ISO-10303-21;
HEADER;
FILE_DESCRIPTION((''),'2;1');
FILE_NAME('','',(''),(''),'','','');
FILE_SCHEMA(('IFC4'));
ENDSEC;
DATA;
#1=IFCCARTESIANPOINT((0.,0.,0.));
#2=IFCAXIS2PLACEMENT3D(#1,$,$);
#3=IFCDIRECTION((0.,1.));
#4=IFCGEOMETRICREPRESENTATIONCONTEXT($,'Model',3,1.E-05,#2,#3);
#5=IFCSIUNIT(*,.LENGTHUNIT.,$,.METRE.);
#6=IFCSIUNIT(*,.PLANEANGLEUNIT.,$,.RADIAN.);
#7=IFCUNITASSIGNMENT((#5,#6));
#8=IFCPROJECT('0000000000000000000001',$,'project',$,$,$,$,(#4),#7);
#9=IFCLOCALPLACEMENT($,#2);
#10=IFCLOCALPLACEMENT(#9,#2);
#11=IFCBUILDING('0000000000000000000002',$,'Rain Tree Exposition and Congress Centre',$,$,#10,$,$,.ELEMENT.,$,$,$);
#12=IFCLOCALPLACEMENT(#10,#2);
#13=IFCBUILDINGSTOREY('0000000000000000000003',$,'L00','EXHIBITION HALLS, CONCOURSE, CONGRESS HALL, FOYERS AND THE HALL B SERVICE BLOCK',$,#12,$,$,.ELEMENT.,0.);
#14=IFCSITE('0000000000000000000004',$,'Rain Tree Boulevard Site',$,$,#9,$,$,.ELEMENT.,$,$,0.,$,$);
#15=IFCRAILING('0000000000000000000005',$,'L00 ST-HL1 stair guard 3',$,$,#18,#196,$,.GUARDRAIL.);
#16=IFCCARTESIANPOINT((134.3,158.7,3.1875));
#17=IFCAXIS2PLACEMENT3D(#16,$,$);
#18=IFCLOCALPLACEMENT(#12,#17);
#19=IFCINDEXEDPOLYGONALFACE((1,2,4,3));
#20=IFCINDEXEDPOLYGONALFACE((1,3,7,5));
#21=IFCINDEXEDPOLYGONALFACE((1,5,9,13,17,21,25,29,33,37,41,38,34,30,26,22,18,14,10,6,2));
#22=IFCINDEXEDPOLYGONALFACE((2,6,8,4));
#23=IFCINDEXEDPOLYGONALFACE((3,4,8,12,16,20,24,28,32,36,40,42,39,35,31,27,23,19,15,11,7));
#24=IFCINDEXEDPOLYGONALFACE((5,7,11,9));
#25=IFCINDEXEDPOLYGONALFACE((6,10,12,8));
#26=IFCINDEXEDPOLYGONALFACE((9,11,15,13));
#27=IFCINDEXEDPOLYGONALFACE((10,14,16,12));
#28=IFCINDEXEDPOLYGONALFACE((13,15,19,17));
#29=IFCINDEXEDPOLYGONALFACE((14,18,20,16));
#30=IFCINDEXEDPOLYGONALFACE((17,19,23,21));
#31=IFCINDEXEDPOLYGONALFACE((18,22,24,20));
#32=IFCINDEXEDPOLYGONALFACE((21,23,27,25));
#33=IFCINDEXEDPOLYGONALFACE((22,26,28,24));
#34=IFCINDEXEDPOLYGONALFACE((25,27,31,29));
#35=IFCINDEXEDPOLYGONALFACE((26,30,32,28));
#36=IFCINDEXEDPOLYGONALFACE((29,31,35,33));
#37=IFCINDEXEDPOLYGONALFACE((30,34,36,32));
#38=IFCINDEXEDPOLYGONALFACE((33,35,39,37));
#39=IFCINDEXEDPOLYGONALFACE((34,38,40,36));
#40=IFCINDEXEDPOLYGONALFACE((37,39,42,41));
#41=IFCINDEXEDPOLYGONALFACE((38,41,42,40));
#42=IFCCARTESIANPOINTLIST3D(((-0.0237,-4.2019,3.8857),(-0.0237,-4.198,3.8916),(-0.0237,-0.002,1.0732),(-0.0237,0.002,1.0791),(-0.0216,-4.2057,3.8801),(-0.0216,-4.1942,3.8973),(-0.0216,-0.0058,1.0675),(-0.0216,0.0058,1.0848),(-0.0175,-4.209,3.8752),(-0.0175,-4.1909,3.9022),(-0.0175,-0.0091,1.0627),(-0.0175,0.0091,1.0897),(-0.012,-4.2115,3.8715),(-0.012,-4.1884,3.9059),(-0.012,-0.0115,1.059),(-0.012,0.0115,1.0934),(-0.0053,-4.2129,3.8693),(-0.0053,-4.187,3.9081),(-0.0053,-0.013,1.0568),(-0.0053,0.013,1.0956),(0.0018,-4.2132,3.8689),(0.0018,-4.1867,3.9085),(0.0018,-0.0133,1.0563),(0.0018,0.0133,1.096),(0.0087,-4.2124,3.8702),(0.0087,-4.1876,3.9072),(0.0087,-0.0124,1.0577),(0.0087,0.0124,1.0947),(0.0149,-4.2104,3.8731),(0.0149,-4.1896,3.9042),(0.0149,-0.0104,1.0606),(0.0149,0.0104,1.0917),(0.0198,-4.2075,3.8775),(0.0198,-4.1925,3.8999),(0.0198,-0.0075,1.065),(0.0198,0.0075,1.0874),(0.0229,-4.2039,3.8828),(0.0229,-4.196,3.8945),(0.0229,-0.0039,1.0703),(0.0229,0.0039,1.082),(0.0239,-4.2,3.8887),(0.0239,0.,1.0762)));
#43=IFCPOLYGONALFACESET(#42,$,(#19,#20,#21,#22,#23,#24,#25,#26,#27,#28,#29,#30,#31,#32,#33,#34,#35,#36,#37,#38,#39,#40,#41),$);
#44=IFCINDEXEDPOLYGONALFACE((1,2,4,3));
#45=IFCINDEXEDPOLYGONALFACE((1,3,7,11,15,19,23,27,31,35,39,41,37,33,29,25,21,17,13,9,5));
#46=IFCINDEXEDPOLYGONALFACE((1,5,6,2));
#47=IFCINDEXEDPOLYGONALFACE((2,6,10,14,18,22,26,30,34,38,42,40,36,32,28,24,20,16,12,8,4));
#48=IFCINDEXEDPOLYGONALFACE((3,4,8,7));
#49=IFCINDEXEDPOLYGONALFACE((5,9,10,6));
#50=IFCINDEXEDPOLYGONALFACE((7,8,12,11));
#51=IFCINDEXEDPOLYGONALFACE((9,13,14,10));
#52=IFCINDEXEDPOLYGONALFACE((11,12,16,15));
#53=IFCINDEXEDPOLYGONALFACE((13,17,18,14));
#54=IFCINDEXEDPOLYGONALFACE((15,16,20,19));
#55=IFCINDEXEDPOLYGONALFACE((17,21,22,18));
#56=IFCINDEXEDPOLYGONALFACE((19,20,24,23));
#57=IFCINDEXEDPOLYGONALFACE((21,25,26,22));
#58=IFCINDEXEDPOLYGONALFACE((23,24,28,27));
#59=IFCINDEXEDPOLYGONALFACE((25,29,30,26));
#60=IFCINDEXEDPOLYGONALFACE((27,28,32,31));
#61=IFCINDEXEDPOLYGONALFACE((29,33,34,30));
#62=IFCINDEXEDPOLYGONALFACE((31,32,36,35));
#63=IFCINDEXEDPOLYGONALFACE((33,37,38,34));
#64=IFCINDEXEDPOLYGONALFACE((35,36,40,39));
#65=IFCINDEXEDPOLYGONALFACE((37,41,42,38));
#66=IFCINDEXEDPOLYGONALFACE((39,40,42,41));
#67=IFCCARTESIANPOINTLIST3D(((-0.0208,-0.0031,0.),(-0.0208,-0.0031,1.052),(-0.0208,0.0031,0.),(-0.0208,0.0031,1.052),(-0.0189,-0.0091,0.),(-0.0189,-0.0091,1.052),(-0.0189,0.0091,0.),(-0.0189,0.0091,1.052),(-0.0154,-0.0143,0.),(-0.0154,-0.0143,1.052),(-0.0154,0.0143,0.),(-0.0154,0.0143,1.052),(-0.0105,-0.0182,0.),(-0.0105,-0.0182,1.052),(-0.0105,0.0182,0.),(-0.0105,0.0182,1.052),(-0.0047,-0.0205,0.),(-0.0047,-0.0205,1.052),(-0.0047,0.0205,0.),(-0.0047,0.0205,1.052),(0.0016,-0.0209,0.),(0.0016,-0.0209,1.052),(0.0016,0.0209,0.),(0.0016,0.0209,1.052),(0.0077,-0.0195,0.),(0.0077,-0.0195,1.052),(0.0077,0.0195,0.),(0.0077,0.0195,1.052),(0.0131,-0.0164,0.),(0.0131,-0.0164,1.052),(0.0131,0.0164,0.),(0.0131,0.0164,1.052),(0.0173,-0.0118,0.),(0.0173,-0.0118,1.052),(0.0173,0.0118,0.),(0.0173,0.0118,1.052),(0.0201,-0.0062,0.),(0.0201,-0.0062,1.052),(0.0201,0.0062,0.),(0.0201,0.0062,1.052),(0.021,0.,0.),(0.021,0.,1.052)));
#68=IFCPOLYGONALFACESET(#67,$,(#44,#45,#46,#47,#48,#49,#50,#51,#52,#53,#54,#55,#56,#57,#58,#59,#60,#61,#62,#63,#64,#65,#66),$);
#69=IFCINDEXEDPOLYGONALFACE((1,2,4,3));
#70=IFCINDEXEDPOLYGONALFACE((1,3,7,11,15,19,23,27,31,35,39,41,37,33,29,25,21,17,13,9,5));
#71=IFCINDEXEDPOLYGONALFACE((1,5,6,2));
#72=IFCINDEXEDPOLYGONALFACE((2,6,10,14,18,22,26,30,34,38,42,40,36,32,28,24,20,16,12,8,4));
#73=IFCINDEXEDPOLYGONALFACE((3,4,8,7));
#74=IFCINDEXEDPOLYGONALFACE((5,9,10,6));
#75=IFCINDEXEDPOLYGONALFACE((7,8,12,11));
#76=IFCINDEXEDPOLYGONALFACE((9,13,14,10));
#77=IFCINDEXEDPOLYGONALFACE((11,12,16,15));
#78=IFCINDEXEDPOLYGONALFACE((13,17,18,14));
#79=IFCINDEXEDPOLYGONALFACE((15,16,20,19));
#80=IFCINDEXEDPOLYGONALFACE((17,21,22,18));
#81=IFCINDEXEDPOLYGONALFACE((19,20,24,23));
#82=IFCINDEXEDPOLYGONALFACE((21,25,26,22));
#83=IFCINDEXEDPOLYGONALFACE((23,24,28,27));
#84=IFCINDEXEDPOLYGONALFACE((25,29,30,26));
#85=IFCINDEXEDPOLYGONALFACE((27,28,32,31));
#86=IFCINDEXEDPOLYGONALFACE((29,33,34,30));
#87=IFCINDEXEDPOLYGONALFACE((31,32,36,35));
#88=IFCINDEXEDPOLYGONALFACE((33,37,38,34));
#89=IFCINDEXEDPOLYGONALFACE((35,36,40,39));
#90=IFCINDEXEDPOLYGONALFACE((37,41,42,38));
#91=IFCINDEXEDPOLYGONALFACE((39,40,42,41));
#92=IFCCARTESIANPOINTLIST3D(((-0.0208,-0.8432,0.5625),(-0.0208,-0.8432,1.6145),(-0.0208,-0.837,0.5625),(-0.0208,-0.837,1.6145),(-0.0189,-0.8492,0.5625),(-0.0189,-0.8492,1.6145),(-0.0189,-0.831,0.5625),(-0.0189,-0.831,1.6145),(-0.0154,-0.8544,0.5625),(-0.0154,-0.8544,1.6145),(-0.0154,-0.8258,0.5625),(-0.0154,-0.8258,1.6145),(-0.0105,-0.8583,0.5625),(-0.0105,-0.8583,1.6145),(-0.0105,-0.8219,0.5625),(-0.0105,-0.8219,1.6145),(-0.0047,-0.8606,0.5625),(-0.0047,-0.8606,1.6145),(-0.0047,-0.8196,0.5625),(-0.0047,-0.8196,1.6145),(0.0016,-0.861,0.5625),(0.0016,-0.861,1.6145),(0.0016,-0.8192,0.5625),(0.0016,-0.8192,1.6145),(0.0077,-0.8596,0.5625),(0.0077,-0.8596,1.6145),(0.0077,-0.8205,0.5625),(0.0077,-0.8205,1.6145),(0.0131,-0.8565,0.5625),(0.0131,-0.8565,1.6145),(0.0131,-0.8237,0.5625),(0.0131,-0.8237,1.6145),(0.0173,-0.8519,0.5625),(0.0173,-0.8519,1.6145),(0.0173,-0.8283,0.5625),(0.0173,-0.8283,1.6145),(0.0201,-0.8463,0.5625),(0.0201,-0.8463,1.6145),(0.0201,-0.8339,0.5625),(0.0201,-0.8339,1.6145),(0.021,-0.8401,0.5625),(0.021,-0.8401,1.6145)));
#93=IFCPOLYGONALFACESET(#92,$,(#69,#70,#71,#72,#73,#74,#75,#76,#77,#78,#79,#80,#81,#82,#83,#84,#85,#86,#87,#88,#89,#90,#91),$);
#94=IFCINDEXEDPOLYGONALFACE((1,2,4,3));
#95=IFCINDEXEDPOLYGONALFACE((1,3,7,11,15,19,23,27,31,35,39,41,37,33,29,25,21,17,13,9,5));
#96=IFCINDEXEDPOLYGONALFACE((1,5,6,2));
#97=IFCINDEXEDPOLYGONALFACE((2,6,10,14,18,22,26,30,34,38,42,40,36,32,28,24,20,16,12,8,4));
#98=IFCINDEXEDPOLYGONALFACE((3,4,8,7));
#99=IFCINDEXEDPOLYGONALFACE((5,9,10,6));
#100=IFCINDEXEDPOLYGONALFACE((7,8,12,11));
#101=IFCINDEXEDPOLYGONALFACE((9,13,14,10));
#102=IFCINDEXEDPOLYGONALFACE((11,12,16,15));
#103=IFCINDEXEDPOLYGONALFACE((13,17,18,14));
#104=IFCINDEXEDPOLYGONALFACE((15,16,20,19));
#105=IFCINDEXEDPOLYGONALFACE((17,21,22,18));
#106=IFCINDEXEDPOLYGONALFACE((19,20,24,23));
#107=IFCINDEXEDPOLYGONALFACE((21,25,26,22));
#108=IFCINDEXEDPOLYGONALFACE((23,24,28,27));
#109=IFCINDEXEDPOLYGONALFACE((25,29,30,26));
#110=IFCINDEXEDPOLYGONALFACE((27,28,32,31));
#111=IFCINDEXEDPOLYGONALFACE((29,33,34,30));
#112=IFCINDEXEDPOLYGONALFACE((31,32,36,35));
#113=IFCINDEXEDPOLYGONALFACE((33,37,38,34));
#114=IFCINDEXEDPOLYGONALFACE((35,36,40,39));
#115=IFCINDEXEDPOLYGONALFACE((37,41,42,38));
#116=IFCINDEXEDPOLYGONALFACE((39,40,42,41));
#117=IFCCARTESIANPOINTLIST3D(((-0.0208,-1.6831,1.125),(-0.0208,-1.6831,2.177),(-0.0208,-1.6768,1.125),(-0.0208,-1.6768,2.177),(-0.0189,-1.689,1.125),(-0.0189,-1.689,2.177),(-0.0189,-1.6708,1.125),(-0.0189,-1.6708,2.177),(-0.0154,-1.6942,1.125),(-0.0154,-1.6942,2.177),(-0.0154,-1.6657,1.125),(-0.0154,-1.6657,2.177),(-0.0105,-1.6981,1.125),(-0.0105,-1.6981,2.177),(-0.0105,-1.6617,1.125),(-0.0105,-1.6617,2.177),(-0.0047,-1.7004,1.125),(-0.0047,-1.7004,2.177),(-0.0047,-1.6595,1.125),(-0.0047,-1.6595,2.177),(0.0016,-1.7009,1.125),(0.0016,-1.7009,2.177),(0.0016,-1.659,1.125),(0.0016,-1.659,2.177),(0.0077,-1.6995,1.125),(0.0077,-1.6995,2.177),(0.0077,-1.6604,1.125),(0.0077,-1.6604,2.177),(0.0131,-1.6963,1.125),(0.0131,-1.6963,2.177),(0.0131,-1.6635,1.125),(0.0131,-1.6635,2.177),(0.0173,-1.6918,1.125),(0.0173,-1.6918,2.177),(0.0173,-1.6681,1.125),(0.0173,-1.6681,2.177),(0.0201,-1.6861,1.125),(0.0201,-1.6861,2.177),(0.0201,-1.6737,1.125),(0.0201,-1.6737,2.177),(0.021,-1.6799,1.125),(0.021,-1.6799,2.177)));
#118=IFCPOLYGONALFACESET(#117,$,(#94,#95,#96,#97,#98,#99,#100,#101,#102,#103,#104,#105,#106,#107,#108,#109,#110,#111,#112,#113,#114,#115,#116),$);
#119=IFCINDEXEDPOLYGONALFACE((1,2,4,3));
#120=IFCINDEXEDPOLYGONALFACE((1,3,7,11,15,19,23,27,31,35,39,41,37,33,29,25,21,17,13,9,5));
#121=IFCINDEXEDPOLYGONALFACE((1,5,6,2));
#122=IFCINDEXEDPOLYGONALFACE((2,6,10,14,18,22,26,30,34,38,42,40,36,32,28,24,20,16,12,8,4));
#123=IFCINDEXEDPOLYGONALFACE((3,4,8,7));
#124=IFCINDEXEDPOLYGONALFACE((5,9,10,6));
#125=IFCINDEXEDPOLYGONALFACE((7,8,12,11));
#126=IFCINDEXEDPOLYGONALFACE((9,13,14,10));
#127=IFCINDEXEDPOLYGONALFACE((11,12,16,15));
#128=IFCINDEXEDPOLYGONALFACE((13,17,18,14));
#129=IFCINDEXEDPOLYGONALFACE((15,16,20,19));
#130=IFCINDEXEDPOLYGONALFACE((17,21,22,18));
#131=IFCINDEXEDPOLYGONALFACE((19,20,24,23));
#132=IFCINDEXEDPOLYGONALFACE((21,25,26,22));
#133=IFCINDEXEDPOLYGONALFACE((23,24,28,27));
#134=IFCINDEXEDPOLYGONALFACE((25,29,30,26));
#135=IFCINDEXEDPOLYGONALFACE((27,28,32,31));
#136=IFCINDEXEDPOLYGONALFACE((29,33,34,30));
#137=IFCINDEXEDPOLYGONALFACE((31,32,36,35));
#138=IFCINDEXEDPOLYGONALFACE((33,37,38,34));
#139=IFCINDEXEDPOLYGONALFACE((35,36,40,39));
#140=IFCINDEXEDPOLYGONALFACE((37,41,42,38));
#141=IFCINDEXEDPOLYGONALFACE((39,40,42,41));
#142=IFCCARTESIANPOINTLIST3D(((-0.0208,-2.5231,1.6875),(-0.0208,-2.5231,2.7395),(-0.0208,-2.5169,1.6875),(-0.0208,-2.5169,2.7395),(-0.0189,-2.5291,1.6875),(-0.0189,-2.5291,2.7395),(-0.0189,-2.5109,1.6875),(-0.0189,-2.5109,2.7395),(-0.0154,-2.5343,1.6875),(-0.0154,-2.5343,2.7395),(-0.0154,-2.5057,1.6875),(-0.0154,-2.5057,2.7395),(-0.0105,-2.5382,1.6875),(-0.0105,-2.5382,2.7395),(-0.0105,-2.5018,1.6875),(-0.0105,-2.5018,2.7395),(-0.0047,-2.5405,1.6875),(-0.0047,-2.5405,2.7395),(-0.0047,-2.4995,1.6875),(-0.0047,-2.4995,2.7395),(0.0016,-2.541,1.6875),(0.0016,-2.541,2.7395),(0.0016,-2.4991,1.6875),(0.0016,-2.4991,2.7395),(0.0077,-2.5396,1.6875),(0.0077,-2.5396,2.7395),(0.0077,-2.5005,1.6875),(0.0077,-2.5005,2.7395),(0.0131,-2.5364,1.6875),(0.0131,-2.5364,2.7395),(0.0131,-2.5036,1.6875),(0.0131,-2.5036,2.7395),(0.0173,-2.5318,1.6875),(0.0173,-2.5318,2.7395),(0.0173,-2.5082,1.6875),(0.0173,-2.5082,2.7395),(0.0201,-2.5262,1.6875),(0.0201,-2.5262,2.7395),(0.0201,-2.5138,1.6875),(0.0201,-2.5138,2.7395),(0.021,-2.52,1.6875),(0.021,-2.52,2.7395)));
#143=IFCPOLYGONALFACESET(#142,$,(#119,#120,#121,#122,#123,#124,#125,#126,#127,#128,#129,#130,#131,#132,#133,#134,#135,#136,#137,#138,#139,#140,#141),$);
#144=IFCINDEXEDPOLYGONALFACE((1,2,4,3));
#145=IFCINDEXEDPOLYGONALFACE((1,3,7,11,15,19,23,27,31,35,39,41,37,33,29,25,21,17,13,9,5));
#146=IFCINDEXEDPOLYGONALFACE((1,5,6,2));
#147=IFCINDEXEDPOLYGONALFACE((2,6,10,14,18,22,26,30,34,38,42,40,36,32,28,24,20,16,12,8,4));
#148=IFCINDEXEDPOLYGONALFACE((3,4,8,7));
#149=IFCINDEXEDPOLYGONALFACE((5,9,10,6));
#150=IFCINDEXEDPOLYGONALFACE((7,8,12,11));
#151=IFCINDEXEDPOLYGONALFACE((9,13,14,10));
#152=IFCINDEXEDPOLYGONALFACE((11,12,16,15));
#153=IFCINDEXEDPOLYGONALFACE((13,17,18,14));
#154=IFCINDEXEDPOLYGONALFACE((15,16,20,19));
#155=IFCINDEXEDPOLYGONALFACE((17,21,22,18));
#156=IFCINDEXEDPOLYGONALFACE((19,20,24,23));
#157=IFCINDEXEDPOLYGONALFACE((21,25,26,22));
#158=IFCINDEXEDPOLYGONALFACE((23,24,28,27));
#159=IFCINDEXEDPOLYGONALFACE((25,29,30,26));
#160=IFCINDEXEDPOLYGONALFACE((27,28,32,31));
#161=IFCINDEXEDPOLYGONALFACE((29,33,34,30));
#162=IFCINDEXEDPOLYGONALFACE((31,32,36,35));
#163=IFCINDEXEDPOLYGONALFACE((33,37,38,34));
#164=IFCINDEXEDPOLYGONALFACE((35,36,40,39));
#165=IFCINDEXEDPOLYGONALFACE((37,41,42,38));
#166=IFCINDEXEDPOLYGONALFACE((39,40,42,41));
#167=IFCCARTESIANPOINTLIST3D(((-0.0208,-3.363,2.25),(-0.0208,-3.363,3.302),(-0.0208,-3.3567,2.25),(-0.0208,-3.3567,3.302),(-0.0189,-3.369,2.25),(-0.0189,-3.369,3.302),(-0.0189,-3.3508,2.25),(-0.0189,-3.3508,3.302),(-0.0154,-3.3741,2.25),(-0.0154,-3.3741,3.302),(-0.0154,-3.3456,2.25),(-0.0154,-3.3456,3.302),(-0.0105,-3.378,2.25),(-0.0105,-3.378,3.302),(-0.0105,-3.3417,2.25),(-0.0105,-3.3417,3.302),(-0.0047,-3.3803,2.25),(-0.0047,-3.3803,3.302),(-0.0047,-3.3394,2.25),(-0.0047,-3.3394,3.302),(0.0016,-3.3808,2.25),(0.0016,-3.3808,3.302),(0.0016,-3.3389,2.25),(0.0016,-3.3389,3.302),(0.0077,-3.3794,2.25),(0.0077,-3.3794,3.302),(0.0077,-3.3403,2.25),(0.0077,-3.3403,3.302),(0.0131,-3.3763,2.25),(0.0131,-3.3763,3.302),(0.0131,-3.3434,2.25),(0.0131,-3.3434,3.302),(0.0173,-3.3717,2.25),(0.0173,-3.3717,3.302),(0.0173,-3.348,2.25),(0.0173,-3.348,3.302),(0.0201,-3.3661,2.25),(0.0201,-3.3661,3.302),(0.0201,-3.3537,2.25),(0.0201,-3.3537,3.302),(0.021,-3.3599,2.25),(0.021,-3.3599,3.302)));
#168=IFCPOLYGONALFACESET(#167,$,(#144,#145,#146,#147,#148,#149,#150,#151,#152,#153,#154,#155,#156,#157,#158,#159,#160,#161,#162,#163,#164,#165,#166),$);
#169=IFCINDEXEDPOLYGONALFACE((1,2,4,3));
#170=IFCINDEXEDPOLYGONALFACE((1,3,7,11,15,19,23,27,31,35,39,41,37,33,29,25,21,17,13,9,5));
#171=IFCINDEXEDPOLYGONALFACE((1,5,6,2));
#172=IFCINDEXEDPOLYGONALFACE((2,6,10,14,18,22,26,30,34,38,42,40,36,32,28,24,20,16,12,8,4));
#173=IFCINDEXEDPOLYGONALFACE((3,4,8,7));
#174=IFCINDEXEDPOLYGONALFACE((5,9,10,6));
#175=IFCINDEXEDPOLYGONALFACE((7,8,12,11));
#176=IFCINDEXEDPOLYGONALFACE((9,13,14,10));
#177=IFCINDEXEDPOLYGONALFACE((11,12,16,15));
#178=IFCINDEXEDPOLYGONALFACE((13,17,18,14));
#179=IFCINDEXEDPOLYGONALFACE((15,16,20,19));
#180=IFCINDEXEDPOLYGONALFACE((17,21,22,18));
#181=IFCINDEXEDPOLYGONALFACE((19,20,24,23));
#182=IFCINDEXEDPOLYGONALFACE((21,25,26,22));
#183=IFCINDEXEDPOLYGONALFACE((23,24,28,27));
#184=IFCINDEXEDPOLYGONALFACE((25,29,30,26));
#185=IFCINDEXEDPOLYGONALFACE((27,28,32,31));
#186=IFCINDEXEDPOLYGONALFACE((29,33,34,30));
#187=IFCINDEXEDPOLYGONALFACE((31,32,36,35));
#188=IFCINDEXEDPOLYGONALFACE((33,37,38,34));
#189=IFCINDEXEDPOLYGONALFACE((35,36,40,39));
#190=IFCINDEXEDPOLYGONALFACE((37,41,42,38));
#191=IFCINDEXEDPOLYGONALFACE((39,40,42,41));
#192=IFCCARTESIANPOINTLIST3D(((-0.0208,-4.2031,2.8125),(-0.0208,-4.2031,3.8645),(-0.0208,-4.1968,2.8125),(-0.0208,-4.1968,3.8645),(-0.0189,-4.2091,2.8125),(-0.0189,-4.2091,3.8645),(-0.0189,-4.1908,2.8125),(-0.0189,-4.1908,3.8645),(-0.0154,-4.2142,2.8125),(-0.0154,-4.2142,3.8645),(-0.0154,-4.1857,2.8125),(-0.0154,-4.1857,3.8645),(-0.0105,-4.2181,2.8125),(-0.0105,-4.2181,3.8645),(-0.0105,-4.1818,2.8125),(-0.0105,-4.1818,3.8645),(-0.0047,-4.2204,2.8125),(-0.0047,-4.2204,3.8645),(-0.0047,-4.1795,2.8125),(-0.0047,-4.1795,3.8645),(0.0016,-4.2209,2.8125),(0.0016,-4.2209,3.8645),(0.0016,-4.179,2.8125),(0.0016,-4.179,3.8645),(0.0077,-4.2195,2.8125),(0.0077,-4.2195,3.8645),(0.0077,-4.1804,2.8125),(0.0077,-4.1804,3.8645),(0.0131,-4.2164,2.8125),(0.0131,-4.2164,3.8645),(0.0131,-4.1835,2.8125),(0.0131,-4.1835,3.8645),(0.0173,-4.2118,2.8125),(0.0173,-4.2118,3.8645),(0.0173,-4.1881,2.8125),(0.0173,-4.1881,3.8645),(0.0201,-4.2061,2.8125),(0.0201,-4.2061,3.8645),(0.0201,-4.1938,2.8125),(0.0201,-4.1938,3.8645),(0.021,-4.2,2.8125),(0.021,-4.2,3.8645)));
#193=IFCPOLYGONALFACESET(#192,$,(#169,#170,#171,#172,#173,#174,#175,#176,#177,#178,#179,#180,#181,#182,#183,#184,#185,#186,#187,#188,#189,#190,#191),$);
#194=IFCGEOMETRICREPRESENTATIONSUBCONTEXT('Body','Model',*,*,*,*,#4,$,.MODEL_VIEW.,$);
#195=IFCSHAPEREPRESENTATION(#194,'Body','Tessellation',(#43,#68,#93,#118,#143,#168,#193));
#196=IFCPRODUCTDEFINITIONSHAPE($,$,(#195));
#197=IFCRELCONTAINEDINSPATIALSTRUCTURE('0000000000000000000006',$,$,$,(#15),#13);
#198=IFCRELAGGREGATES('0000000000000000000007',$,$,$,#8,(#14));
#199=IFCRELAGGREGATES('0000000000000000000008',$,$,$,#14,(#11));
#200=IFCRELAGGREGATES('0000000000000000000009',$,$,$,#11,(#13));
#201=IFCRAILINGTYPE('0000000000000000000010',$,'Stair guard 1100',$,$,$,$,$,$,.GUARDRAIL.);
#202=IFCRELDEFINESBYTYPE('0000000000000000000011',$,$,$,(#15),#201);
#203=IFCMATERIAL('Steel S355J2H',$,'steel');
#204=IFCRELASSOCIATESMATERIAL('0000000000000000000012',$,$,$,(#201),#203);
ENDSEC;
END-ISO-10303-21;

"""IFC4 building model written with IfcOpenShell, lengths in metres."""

from ifc_helpers import new_model, si_unit, direction, frame, origin, origin_2d, place, context, subcontext, project, spatial, circle, extrude, material, type_object, element, save


model = new_model("IFC4")

# Units and contexts
model_context = context("Model", 3, precision=1e-05, world=origin(), true_north=direction((0.0, 1.0)))
body_context = subcontext(model_context, "Body", "Model", "MODEL_VIEW")
ifc_project = project(units=[si_unit("LENGTHUNIT", "METRE"), si_unit("PLANEANGLEUNIT", "RADIAN")], contexts=[model_context])

# Site, building, storey
site_placement = place(None, origin())
site = spatial("IfcSite", under=ifc_project, at=site_placement, Name="Rain Tree Boulevard Site", CompositionType="ELEMENT", RefElevation=0.0)
building_placement = place(site_placement, origin())
building = spatial("IfcBuilding", under=site, at=building_placement, Name="Rain Tree Exposition and Congress Centre", CompositionType="ELEMENT")
storey_placement = place(building_placement, origin())
storey = spatial("IfcBuildingStorey", under=building, at=storey_placement, Name="L00", Description="EXHIBITION HALLS, CONCOURSE, CONGRESS HALL, FOYERS AND THE HALL B SERVICE BLOCK", CompositionType="ELEMENT", Elevation=0.0)

# Railing
ifc_material_1 = material(Name="Steel S355J2H", Category="steel")
railing_type_1 = type_object("IfcRailingType", Name="Stair guard 1100", PredefinedType="GUARDRAIL", material=ifc_material_1)
railing_1_placement = place(storey_placement, frame((134.3, 158.7, 3.1875)))
element("IfcRailing", 1, at=railing_1_placement, inside=storey, type_object=railing_type_1, Name="L00 ST-HL1 stair guard 3", PredefinedType="GUARDRAIL", context=body_context, shape_type="SweptSolid", body=[
    extrude(circle(Radius=0.0239, at=origin_2d()), frame((0.0, 0.0, 1.0762), z_axis=(0.0, -0.830904, 0.556416), x_axis=(1.0, 0.0, 0.0)), (0.0, 0.0, 1.0), 5.0547),
    extrude(circle(Radius=0.021, at=origin_2d()), origin(), (0.0, 0.0, 1.0), 1.052),
    extrude(circle(Radius=0.021, at=origin_2d()), frame((0.0, -0.8401, 0.5625)), (0.0, 0.0, 1.0), 1.052),
    extrude(circle(Radius=0.021, at=origin_2d()), frame((0.0, -1.6799, 1.125)), (0.0, 0.0, 1.0), 1.052),
    extrude(circle(Radius=0.021, at=origin_2d()), frame((0.0, -2.52, 1.6875)), (0.0, 0.0, 1.0), 1.052),
    extrude(circle(Radius=0.021, at=origin_2d()), frame((0.0, -3.3599, 2.25)), (0.0, 0.0, 1.0), 1.052),
    extrude(circle(Radius=0.021, at=origin_2d()), frame((0.0, -4.2, 2.8125)), (0.0, 0.0, 1.0), 1.052),
])

save(model, "model.ifc")
